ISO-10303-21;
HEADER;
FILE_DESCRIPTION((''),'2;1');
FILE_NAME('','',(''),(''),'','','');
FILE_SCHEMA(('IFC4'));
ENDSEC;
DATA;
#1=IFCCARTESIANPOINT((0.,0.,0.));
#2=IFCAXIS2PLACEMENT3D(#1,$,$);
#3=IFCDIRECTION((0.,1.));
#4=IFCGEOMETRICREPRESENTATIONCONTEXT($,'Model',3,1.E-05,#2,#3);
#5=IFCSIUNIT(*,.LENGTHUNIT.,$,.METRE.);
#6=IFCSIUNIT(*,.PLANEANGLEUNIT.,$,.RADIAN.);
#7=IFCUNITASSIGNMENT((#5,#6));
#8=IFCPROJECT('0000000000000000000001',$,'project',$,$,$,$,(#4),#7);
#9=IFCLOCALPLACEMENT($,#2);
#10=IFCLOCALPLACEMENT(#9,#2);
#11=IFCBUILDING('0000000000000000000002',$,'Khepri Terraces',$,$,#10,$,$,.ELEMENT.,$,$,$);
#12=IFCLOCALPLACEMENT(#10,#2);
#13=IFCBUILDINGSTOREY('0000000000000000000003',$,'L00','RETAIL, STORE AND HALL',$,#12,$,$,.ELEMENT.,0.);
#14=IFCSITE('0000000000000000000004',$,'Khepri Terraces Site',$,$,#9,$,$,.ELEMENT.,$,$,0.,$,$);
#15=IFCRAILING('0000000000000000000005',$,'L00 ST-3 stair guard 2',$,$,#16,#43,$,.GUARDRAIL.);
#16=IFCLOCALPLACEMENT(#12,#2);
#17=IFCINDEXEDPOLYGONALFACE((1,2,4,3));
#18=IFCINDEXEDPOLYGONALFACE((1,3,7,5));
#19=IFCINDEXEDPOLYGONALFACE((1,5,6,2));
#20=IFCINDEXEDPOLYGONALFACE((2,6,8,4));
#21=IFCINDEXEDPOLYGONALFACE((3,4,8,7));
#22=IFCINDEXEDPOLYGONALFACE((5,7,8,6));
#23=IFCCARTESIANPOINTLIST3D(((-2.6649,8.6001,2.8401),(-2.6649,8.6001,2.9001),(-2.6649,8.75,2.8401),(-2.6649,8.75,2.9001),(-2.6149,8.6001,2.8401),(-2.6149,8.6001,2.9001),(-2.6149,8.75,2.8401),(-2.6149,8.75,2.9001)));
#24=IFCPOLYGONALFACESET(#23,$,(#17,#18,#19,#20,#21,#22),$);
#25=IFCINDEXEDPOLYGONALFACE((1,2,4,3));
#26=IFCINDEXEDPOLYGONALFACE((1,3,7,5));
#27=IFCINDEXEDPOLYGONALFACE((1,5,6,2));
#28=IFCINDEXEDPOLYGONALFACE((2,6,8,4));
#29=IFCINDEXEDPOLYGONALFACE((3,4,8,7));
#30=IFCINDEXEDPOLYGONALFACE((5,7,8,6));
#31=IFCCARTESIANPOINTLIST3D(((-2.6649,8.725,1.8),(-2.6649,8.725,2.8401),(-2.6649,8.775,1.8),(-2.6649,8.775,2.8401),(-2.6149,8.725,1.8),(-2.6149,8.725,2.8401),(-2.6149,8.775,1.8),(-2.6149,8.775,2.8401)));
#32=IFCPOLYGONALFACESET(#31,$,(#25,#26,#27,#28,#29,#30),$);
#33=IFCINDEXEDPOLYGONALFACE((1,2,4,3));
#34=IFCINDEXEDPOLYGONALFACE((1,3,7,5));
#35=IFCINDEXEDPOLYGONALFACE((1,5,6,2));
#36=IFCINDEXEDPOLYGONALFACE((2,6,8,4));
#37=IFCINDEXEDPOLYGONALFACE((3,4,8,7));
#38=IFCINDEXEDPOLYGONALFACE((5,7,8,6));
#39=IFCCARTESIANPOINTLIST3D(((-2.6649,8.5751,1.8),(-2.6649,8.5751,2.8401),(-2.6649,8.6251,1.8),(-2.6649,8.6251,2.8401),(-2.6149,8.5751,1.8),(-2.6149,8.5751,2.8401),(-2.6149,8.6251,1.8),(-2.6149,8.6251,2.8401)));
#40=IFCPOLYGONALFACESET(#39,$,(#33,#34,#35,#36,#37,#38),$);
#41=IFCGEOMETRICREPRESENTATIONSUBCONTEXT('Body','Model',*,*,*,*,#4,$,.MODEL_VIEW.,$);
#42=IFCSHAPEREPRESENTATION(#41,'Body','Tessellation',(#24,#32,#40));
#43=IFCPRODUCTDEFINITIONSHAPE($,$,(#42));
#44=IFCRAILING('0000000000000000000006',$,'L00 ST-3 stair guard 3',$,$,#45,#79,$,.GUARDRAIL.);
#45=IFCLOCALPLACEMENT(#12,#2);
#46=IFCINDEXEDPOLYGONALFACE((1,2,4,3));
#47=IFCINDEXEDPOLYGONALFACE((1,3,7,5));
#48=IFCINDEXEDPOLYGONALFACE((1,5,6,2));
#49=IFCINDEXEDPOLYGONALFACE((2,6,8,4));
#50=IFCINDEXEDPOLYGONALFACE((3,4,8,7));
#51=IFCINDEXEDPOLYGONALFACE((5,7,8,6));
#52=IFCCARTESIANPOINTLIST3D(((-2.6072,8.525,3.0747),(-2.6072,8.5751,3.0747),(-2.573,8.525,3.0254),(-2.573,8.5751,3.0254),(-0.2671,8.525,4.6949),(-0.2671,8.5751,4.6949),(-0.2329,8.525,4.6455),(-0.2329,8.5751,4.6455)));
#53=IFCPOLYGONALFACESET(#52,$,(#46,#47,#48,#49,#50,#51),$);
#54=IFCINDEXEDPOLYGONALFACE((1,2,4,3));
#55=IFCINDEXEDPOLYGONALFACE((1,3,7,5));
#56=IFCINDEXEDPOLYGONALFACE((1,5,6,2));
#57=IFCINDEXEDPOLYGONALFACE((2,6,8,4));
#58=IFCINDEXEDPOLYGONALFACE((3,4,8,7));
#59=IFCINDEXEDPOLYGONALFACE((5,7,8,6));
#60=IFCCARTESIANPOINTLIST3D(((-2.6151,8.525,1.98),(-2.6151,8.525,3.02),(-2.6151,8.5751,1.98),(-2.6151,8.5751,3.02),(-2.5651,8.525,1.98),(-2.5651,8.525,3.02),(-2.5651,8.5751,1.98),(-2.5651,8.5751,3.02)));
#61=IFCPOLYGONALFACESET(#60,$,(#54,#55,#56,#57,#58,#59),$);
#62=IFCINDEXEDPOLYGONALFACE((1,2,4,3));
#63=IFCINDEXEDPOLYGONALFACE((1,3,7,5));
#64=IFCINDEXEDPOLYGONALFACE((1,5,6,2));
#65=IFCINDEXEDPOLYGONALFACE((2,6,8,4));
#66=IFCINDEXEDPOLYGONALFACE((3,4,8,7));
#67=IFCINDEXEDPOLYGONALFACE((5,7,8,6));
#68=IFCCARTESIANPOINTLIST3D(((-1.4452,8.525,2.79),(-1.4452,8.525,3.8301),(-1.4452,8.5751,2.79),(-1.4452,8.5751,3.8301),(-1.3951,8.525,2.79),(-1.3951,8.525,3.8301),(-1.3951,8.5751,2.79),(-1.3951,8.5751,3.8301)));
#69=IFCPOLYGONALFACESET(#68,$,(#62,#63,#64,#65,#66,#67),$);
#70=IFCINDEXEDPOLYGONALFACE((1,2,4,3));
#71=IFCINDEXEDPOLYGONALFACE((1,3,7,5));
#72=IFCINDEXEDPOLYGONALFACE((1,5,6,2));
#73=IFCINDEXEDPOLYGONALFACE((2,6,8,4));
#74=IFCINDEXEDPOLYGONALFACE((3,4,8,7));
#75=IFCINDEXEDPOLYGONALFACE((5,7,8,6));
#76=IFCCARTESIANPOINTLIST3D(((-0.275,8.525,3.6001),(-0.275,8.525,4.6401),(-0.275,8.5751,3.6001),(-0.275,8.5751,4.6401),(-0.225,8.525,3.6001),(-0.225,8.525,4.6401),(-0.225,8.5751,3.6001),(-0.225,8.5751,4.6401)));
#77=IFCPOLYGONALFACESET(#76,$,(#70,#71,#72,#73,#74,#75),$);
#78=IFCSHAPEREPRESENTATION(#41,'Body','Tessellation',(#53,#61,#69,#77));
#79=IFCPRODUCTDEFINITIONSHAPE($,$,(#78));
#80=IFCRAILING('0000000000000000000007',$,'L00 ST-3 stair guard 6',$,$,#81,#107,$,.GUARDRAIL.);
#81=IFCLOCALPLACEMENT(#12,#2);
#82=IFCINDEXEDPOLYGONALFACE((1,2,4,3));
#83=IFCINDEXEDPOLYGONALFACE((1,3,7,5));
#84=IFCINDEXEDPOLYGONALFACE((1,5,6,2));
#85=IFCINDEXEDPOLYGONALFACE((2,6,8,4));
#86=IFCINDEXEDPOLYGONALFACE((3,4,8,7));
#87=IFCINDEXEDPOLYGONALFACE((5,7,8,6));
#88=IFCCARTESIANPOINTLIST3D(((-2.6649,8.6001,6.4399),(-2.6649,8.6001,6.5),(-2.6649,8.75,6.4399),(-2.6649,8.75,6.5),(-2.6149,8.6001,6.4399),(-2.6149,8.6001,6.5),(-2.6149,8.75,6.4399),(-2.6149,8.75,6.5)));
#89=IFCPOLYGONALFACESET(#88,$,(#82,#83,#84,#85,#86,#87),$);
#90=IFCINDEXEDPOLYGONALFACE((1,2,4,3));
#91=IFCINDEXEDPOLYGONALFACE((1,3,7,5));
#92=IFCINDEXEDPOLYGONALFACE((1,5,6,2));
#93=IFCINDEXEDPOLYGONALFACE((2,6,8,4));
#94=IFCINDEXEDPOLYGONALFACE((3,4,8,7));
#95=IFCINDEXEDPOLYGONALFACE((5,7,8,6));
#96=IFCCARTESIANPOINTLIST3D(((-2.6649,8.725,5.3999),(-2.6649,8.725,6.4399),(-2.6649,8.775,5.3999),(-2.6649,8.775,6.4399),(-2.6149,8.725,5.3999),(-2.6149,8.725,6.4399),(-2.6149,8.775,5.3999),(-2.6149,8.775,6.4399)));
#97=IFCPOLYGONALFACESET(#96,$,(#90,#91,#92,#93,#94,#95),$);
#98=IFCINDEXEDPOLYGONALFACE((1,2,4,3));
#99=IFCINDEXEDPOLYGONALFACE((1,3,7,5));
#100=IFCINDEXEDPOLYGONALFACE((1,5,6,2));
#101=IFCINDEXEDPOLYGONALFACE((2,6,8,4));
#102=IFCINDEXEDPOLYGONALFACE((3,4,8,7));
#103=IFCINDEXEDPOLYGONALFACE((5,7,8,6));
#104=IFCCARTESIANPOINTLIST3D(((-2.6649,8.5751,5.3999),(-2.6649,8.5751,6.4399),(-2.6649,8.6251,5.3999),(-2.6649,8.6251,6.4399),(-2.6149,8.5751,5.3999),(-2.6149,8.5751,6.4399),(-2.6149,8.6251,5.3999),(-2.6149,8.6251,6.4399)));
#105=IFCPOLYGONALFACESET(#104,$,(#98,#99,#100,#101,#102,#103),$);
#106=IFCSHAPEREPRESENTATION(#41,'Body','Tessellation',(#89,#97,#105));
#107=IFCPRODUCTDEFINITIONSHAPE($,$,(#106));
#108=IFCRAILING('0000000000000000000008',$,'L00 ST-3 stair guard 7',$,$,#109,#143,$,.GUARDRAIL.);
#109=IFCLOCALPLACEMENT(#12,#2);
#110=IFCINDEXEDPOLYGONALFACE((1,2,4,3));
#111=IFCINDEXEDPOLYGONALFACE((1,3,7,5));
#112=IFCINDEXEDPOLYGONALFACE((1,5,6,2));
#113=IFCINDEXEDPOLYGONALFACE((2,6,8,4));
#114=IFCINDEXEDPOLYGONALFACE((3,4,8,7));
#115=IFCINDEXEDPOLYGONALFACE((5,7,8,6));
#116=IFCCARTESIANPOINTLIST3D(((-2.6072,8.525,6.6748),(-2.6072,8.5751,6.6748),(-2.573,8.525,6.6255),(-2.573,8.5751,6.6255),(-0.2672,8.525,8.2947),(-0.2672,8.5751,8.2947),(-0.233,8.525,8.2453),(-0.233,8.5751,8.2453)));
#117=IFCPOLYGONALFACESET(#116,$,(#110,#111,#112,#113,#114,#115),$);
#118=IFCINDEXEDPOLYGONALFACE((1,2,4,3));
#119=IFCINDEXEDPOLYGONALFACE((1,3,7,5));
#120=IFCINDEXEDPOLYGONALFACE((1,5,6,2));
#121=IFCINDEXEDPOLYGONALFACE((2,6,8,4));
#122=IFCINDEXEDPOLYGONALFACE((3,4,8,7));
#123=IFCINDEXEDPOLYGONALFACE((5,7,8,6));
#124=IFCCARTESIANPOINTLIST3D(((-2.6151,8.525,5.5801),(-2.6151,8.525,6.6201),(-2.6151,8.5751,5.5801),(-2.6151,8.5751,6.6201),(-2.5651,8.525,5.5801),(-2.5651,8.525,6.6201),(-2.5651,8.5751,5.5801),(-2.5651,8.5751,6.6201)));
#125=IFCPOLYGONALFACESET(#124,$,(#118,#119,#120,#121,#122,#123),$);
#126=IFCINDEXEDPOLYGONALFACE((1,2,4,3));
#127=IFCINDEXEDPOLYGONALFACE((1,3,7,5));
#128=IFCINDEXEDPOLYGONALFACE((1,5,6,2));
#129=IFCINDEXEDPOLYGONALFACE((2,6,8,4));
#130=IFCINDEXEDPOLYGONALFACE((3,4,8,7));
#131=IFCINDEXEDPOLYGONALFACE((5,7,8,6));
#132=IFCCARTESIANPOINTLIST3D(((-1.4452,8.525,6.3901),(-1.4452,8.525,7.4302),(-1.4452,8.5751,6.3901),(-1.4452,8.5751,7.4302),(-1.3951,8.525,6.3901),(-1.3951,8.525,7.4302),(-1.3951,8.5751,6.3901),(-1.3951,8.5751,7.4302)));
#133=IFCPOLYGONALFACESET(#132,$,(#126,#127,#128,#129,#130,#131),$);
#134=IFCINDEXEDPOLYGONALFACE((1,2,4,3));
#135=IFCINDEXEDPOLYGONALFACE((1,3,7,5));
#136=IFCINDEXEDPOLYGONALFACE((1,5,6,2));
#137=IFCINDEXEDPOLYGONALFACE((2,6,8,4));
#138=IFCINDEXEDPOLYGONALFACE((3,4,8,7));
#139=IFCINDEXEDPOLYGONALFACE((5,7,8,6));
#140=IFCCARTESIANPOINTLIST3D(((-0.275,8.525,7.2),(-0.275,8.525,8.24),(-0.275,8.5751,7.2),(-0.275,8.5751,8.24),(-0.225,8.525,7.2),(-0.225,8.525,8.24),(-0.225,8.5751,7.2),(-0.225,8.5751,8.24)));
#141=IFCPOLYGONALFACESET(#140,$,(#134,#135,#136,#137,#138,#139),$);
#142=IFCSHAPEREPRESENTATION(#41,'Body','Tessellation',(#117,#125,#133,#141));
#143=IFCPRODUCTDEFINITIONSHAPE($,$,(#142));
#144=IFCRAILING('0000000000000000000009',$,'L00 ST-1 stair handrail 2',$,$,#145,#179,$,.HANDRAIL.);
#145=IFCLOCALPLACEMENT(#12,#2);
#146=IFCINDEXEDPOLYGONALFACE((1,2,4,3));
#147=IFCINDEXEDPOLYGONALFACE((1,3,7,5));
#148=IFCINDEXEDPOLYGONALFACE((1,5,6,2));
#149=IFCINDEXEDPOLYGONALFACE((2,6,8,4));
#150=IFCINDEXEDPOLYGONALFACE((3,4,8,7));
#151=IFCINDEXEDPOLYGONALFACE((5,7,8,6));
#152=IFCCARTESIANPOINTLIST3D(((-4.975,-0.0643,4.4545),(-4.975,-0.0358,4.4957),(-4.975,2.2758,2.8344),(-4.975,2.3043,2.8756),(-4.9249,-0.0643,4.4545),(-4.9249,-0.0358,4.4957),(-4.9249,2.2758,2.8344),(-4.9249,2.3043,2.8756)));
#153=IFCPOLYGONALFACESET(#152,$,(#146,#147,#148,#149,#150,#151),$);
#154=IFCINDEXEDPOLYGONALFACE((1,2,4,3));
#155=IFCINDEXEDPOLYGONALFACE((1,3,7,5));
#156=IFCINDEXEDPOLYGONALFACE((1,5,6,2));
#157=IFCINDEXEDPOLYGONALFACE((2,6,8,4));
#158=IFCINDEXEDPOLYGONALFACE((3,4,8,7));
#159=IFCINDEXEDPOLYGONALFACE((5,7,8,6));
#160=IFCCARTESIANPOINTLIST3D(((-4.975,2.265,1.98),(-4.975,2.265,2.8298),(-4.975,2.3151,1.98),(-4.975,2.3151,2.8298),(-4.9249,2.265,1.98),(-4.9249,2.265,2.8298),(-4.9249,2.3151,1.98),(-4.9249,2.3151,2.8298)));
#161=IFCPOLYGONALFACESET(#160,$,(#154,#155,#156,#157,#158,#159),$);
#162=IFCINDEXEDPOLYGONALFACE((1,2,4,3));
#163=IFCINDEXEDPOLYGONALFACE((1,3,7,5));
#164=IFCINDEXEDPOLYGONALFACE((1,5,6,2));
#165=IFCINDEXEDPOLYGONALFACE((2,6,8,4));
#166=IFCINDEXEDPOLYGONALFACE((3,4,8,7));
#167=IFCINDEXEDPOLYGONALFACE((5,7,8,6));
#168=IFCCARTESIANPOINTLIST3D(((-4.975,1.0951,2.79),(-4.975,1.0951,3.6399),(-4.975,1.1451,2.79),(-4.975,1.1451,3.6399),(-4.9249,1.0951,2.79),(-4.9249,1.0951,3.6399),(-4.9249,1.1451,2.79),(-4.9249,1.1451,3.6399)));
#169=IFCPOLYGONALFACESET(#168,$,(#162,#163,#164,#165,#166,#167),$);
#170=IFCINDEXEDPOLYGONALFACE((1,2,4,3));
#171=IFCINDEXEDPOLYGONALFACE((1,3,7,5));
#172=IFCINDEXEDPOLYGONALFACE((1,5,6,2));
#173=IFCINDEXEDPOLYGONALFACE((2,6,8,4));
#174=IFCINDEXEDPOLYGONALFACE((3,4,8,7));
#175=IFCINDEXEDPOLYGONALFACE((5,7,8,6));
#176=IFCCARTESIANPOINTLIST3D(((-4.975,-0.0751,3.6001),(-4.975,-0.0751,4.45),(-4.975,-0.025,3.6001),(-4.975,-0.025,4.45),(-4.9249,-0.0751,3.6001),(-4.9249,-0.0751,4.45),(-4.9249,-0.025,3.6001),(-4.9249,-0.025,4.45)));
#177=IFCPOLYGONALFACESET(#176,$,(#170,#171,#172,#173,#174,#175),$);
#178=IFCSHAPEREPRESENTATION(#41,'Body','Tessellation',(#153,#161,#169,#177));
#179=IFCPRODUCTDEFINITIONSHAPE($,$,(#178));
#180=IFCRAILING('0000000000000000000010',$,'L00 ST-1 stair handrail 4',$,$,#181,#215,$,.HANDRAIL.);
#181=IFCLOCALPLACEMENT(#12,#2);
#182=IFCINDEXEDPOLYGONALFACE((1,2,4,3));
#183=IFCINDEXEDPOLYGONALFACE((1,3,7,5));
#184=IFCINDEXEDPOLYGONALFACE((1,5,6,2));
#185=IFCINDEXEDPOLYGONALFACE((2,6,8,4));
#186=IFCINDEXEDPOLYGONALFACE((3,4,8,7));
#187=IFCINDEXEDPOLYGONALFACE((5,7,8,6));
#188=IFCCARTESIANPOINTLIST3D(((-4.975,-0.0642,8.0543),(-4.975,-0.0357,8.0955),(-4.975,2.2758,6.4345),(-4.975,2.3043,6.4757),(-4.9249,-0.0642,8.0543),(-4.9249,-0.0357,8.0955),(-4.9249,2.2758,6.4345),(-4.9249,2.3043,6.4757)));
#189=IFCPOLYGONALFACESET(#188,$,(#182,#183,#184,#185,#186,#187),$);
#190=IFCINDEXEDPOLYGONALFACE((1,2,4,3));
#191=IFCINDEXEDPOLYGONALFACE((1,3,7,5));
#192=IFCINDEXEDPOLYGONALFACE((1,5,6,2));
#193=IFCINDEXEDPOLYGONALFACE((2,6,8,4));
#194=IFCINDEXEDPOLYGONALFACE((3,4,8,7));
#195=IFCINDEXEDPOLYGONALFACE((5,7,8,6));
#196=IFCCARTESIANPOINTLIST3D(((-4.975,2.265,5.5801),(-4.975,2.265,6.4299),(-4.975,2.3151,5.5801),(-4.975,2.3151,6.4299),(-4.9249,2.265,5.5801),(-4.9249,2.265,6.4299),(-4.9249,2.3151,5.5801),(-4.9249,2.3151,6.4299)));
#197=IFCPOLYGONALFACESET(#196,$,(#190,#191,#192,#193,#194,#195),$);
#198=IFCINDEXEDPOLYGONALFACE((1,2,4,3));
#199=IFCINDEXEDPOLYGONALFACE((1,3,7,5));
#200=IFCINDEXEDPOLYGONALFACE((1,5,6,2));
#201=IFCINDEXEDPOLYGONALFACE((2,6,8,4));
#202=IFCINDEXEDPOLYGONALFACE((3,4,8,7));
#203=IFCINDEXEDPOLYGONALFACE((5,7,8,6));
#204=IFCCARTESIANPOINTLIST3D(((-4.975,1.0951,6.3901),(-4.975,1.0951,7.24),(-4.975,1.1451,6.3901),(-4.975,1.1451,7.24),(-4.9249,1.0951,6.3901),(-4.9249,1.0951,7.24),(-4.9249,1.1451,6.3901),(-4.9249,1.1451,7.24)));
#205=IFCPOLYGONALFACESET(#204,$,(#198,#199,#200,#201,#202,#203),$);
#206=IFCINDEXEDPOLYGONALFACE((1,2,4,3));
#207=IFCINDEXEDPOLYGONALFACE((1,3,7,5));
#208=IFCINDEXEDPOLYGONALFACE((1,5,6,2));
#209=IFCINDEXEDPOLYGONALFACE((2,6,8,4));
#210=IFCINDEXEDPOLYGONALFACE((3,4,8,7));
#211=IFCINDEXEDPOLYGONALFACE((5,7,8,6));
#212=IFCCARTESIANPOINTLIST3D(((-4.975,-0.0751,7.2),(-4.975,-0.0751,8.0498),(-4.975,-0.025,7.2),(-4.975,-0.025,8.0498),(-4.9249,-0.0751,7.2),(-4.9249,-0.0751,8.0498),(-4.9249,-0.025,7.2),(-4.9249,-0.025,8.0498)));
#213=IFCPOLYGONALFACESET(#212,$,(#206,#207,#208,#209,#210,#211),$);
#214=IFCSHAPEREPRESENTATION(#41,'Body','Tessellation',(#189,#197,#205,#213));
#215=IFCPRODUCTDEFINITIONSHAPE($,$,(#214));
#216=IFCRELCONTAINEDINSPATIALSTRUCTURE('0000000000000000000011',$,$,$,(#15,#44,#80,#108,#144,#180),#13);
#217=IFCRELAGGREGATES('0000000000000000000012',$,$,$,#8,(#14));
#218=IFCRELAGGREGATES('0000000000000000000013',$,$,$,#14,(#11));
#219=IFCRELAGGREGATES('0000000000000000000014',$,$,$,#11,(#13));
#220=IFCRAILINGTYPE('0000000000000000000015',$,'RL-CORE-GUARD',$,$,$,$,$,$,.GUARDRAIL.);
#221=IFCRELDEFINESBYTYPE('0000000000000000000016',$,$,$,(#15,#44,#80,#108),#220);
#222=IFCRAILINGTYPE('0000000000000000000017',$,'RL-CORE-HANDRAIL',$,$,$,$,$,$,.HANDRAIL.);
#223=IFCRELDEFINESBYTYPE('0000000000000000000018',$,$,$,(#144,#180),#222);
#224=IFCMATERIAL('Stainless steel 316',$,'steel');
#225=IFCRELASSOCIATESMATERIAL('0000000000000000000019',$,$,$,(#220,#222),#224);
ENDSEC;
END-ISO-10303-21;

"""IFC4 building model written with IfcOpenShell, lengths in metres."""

from ifc_helpers import new_model, si_unit, direction, frame, origin, origin_2d, place, context, subcontext, project, spatial, rectangle, extrude, material, type_object, element, save


model = new_model("IFC4")

# Units and contexts
model_context = context("Model", 3, precision=1e-05, world=origin(), true_north=direction((0.0, 1.0)))
body_context = subcontext(model_context, "Body", "Model", "MODEL_VIEW")
ifc_project = project(units=[si_unit("LENGTHUNIT", "METRE"), si_unit("PLANEANGLEUNIT", "RADIAN")], contexts=[model_context])

# Site, building, storey
site_placement = place(None, origin())
site = spatial("IfcSite", under=ifc_project, at=site_placement, Name="Khepri Terraces Site", CompositionType="ELEMENT", RefElevation=0.0)
building_placement = place(site_placement, origin())
building = spatial("IfcBuilding", under=site, at=building_placement, Name="Khepri Terraces", CompositionType="ELEMENT")
storey_placement = place(building_placement, origin())
storey = spatial("IfcBuildingStorey", under=building, at=storey_placement, Name="L00", Description="RETAIL, STORE AND HALL", CompositionType="ELEMENT", Elevation=0.0)

# Railings
ifc_material_1 = material(Name="Stainless steel 316", Category="steel")
railing_type_1 = type_object("IfcRailingType", Name="RL-CORE-GUARD", PredefinedType="GUARDRAIL", material=ifc_material_1)
railing_1_placement = place(storey_placement, frame((-2.6399, 8.75, 1.8)))
element("IfcRailing", 1, at=railing_1_placement, inside=storey, type_object=railing_type_1, Name="L00 ST-3 stair guard 2", PredefinedType="GUARDRAIL", context=body_context, shape_type="SweptSolid", body=[
    extrude(rectangle(XDim=0.05, YDim=0.0601, at=origin_2d()), frame((0.0, 0.0, 1.0701), z_axis=(0.0, -1.0, 0.0), x_axis=(1.0, 0.0, 0.0)), (0.0, 0.0, 1.0), 0.1499),
    extrude(rectangle(XDim=0.05, YDim=0.05, at=origin_2d()), origin(), (0.0, 0.0, 1.0), 1.04),
    extrude(rectangle(XDim=0.05, YDim=0.05, at=origin_2d()), frame((0.0, -0.1499, 0.0)), (0.0, 0.0, 1.0), 1.04),
])
railing_2_placement = place(storey_placement, frame((-2.5901, 8.55, 1.98)))
element("IfcRailing", 2, at=railing_2_placement, inside=storey, type_object=railing_type_1, Name="L00 ST-3 stair guard 3", PredefinedType="GUARDRAIL", context=body_context, shape_type="SweptSolid", body=[
    extrude(rectangle(XDim=0.05, YDim=0.0601, at=origin_2d()), frame((0.0, 0.0, 1.0701), z_axis=(0.822183, 0.0, 0.569223), x_axis=(0.0, 1.0, 0.0)), (0.0, 0.0, 1.0), 2.8462),
    extrude(rectangle(XDim=0.05, YDim=0.05, at=origin_2d()), origin(), (0.0, 0.0, 1.0), 1.04),
    extrude(rectangle(XDim=0.05, YDim=0.05, at=origin_2d()), frame((1.1699, 0.0, 0.8101)), (0.0, 0.0, 1.0), 1.04),
    extrude(rectangle(XDim=0.05, YDim=0.05, at=origin_2d()), frame((2.3401, 0.0, 1.6201)), (0.0, 0.0, 1.0), 1.04),
])
railing_3_placement = place(storey_placement, frame((-2.6399, 8.75, 5.3999)))
element("IfcRailing", 3, at=railing_3_placement, inside=storey, type_object=railing_type_1, Name="L00 ST-3 stair guard 6", PredefinedType="GUARDRAIL", context=body_context, shape_type="SweptSolid", body=[
    extrude(rectangle(XDim=0.05, YDim=0.0601, at=origin_2d()), frame((0.0, 0.0, 1.0701), z_axis=(0.0, -1.0, 0.0), x_axis=(1.0, 0.0, 0.0)), (0.0, 0.0, 1.0), 0.1499),
    extrude(rectangle(XDim=0.05, YDim=0.05, at=origin_2d()), origin(), (0.0, 0.0, 1.0), 1.04),
    extrude(rectangle(XDim=0.05, YDim=0.05, at=origin_2d()), frame((0.0, -0.1499, 0.0)), (0.0, 0.0, 1.0), 1.04),
])
railing_4_placement = place(storey_placement, frame((-2.5901, 8.55, 5.5801)))
element("IfcRailing", 4, at=railing_4_placement, inside=storey, type_object=railing_type_1, Name="L00 ST-3 stair guard 7", PredefinedType="GUARDRAIL", context=body_context, shape_type="SweptSolid", body=[
    extrude(rectangle(XDim=0.05, YDim=0.0601, at=origin_2d()), frame((0.0, 0.0, 1.0701), z_axis=(0.822223, 0.0, 0.569165), x_axis=(0.0, 1.0, 0.0)), (0.0, 0.0, 1.0), 2.8459),
    extrude(rectangle(XDim=0.05, YDim=0.05, at=origin_2d()), origin(), (0.0, 0.0, 1.0), 1.04),
    extrude(rectangle(XDim=0.05, YDim=0.05, at=origin_2d()), frame((1.1699, 0.0, 0.8101)), (0.0, 0.0, 1.0), 1.04),
    extrude(rectangle(XDim=0.05, YDim=0.05, at=origin_2d()), frame((2.3401, 0.0, 1.6199)), (0.0, 0.0, 1.0), 1.04),
])
railing_type_2 = type_object("IfcRailingType", Name="RL-CORE-HANDRAIL", PredefinedType="HANDRAIL", material=ifc_material_1)
railing_5_placement = place(storey_placement, frame((-4.95, 2.29, 1.98)))
element("IfcRailing", 5, at=railing_5_placement, inside=storey, type_object=railing_type_2, Name="L00 ST-1 stair handrail 2", PredefinedType="HANDRAIL", context=body_context, shape_type="SweptSolid", body=[
    extrude(rectangle(XDim=0.05, YDim=0.05, at=origin_2d()), frame((0.0, 0.0, 0.875), z_axis=(0.0, -0.822183, 0.569223), x_axis=(1.0, 0.0, 0.0)), (0.0, 0.0, 1.0), 2.8462),
    extrude(rectangle(XDim=0.05, YDim=0.05, at=origin_2d()), origin(), (0.0, 0.0, 1.0), 0.8499),
    extrude(rectangle(XDim=0.05, YDim=0.05, at=origin_2d()), frame((0.0, -1.1699, 0.8101)), (0.0, 0.0, 1.0), 0.8499),
    extrude(rectangle(XDim=0.05, YDim=0.05, at=origin_2d()), frame((0.0, -2.3401, 1.6201)), (0.0, 0.0, 1.0), 0.8499),
])
railing_6_placement = place(storey_placement, frame((-4.95, 2.29, 5.5801)))
element("IfcRailing", 6, at=railing_6_placement, inside=storey, type_object=railing_type_2, Name="L00 ST-1 stair handrail 4", PredefinedType="HANDRAIL", context=body_context, shape_type="SweptSolid", body=[
    extrude(rectangle(XDim=0.05, YDim=0.05, at=origin_2d()), frame((0.0, 0.0, 0.875), z_axis=(0.0, -0.822223, 0.569165), x_axis=(1.0, 0.0, 0.0)), (0.0, 0.0, 1.0), 2.8459),
    extrude(rectangle(XDim=0.05, YDim=0.05, at=origin_2d()), origin(), (0.0, 0.0, 1.0), 0.8499),
    extrude(rectangle(XDim=0.05, YDim=0.05, at=origin_2d()), frame((0.0, -1.1699, 0.8101)), (0.0, 0.0, 1.0), 0.8499),
    extrude(rectangle(XDim=0.05, YDim=0.05, at=origin_2d()), frame((0.0, -2.3401, 1.6199)), (0.0, 0.0, 1.0), 0.8499),
])

save(model, "model.ifc")
